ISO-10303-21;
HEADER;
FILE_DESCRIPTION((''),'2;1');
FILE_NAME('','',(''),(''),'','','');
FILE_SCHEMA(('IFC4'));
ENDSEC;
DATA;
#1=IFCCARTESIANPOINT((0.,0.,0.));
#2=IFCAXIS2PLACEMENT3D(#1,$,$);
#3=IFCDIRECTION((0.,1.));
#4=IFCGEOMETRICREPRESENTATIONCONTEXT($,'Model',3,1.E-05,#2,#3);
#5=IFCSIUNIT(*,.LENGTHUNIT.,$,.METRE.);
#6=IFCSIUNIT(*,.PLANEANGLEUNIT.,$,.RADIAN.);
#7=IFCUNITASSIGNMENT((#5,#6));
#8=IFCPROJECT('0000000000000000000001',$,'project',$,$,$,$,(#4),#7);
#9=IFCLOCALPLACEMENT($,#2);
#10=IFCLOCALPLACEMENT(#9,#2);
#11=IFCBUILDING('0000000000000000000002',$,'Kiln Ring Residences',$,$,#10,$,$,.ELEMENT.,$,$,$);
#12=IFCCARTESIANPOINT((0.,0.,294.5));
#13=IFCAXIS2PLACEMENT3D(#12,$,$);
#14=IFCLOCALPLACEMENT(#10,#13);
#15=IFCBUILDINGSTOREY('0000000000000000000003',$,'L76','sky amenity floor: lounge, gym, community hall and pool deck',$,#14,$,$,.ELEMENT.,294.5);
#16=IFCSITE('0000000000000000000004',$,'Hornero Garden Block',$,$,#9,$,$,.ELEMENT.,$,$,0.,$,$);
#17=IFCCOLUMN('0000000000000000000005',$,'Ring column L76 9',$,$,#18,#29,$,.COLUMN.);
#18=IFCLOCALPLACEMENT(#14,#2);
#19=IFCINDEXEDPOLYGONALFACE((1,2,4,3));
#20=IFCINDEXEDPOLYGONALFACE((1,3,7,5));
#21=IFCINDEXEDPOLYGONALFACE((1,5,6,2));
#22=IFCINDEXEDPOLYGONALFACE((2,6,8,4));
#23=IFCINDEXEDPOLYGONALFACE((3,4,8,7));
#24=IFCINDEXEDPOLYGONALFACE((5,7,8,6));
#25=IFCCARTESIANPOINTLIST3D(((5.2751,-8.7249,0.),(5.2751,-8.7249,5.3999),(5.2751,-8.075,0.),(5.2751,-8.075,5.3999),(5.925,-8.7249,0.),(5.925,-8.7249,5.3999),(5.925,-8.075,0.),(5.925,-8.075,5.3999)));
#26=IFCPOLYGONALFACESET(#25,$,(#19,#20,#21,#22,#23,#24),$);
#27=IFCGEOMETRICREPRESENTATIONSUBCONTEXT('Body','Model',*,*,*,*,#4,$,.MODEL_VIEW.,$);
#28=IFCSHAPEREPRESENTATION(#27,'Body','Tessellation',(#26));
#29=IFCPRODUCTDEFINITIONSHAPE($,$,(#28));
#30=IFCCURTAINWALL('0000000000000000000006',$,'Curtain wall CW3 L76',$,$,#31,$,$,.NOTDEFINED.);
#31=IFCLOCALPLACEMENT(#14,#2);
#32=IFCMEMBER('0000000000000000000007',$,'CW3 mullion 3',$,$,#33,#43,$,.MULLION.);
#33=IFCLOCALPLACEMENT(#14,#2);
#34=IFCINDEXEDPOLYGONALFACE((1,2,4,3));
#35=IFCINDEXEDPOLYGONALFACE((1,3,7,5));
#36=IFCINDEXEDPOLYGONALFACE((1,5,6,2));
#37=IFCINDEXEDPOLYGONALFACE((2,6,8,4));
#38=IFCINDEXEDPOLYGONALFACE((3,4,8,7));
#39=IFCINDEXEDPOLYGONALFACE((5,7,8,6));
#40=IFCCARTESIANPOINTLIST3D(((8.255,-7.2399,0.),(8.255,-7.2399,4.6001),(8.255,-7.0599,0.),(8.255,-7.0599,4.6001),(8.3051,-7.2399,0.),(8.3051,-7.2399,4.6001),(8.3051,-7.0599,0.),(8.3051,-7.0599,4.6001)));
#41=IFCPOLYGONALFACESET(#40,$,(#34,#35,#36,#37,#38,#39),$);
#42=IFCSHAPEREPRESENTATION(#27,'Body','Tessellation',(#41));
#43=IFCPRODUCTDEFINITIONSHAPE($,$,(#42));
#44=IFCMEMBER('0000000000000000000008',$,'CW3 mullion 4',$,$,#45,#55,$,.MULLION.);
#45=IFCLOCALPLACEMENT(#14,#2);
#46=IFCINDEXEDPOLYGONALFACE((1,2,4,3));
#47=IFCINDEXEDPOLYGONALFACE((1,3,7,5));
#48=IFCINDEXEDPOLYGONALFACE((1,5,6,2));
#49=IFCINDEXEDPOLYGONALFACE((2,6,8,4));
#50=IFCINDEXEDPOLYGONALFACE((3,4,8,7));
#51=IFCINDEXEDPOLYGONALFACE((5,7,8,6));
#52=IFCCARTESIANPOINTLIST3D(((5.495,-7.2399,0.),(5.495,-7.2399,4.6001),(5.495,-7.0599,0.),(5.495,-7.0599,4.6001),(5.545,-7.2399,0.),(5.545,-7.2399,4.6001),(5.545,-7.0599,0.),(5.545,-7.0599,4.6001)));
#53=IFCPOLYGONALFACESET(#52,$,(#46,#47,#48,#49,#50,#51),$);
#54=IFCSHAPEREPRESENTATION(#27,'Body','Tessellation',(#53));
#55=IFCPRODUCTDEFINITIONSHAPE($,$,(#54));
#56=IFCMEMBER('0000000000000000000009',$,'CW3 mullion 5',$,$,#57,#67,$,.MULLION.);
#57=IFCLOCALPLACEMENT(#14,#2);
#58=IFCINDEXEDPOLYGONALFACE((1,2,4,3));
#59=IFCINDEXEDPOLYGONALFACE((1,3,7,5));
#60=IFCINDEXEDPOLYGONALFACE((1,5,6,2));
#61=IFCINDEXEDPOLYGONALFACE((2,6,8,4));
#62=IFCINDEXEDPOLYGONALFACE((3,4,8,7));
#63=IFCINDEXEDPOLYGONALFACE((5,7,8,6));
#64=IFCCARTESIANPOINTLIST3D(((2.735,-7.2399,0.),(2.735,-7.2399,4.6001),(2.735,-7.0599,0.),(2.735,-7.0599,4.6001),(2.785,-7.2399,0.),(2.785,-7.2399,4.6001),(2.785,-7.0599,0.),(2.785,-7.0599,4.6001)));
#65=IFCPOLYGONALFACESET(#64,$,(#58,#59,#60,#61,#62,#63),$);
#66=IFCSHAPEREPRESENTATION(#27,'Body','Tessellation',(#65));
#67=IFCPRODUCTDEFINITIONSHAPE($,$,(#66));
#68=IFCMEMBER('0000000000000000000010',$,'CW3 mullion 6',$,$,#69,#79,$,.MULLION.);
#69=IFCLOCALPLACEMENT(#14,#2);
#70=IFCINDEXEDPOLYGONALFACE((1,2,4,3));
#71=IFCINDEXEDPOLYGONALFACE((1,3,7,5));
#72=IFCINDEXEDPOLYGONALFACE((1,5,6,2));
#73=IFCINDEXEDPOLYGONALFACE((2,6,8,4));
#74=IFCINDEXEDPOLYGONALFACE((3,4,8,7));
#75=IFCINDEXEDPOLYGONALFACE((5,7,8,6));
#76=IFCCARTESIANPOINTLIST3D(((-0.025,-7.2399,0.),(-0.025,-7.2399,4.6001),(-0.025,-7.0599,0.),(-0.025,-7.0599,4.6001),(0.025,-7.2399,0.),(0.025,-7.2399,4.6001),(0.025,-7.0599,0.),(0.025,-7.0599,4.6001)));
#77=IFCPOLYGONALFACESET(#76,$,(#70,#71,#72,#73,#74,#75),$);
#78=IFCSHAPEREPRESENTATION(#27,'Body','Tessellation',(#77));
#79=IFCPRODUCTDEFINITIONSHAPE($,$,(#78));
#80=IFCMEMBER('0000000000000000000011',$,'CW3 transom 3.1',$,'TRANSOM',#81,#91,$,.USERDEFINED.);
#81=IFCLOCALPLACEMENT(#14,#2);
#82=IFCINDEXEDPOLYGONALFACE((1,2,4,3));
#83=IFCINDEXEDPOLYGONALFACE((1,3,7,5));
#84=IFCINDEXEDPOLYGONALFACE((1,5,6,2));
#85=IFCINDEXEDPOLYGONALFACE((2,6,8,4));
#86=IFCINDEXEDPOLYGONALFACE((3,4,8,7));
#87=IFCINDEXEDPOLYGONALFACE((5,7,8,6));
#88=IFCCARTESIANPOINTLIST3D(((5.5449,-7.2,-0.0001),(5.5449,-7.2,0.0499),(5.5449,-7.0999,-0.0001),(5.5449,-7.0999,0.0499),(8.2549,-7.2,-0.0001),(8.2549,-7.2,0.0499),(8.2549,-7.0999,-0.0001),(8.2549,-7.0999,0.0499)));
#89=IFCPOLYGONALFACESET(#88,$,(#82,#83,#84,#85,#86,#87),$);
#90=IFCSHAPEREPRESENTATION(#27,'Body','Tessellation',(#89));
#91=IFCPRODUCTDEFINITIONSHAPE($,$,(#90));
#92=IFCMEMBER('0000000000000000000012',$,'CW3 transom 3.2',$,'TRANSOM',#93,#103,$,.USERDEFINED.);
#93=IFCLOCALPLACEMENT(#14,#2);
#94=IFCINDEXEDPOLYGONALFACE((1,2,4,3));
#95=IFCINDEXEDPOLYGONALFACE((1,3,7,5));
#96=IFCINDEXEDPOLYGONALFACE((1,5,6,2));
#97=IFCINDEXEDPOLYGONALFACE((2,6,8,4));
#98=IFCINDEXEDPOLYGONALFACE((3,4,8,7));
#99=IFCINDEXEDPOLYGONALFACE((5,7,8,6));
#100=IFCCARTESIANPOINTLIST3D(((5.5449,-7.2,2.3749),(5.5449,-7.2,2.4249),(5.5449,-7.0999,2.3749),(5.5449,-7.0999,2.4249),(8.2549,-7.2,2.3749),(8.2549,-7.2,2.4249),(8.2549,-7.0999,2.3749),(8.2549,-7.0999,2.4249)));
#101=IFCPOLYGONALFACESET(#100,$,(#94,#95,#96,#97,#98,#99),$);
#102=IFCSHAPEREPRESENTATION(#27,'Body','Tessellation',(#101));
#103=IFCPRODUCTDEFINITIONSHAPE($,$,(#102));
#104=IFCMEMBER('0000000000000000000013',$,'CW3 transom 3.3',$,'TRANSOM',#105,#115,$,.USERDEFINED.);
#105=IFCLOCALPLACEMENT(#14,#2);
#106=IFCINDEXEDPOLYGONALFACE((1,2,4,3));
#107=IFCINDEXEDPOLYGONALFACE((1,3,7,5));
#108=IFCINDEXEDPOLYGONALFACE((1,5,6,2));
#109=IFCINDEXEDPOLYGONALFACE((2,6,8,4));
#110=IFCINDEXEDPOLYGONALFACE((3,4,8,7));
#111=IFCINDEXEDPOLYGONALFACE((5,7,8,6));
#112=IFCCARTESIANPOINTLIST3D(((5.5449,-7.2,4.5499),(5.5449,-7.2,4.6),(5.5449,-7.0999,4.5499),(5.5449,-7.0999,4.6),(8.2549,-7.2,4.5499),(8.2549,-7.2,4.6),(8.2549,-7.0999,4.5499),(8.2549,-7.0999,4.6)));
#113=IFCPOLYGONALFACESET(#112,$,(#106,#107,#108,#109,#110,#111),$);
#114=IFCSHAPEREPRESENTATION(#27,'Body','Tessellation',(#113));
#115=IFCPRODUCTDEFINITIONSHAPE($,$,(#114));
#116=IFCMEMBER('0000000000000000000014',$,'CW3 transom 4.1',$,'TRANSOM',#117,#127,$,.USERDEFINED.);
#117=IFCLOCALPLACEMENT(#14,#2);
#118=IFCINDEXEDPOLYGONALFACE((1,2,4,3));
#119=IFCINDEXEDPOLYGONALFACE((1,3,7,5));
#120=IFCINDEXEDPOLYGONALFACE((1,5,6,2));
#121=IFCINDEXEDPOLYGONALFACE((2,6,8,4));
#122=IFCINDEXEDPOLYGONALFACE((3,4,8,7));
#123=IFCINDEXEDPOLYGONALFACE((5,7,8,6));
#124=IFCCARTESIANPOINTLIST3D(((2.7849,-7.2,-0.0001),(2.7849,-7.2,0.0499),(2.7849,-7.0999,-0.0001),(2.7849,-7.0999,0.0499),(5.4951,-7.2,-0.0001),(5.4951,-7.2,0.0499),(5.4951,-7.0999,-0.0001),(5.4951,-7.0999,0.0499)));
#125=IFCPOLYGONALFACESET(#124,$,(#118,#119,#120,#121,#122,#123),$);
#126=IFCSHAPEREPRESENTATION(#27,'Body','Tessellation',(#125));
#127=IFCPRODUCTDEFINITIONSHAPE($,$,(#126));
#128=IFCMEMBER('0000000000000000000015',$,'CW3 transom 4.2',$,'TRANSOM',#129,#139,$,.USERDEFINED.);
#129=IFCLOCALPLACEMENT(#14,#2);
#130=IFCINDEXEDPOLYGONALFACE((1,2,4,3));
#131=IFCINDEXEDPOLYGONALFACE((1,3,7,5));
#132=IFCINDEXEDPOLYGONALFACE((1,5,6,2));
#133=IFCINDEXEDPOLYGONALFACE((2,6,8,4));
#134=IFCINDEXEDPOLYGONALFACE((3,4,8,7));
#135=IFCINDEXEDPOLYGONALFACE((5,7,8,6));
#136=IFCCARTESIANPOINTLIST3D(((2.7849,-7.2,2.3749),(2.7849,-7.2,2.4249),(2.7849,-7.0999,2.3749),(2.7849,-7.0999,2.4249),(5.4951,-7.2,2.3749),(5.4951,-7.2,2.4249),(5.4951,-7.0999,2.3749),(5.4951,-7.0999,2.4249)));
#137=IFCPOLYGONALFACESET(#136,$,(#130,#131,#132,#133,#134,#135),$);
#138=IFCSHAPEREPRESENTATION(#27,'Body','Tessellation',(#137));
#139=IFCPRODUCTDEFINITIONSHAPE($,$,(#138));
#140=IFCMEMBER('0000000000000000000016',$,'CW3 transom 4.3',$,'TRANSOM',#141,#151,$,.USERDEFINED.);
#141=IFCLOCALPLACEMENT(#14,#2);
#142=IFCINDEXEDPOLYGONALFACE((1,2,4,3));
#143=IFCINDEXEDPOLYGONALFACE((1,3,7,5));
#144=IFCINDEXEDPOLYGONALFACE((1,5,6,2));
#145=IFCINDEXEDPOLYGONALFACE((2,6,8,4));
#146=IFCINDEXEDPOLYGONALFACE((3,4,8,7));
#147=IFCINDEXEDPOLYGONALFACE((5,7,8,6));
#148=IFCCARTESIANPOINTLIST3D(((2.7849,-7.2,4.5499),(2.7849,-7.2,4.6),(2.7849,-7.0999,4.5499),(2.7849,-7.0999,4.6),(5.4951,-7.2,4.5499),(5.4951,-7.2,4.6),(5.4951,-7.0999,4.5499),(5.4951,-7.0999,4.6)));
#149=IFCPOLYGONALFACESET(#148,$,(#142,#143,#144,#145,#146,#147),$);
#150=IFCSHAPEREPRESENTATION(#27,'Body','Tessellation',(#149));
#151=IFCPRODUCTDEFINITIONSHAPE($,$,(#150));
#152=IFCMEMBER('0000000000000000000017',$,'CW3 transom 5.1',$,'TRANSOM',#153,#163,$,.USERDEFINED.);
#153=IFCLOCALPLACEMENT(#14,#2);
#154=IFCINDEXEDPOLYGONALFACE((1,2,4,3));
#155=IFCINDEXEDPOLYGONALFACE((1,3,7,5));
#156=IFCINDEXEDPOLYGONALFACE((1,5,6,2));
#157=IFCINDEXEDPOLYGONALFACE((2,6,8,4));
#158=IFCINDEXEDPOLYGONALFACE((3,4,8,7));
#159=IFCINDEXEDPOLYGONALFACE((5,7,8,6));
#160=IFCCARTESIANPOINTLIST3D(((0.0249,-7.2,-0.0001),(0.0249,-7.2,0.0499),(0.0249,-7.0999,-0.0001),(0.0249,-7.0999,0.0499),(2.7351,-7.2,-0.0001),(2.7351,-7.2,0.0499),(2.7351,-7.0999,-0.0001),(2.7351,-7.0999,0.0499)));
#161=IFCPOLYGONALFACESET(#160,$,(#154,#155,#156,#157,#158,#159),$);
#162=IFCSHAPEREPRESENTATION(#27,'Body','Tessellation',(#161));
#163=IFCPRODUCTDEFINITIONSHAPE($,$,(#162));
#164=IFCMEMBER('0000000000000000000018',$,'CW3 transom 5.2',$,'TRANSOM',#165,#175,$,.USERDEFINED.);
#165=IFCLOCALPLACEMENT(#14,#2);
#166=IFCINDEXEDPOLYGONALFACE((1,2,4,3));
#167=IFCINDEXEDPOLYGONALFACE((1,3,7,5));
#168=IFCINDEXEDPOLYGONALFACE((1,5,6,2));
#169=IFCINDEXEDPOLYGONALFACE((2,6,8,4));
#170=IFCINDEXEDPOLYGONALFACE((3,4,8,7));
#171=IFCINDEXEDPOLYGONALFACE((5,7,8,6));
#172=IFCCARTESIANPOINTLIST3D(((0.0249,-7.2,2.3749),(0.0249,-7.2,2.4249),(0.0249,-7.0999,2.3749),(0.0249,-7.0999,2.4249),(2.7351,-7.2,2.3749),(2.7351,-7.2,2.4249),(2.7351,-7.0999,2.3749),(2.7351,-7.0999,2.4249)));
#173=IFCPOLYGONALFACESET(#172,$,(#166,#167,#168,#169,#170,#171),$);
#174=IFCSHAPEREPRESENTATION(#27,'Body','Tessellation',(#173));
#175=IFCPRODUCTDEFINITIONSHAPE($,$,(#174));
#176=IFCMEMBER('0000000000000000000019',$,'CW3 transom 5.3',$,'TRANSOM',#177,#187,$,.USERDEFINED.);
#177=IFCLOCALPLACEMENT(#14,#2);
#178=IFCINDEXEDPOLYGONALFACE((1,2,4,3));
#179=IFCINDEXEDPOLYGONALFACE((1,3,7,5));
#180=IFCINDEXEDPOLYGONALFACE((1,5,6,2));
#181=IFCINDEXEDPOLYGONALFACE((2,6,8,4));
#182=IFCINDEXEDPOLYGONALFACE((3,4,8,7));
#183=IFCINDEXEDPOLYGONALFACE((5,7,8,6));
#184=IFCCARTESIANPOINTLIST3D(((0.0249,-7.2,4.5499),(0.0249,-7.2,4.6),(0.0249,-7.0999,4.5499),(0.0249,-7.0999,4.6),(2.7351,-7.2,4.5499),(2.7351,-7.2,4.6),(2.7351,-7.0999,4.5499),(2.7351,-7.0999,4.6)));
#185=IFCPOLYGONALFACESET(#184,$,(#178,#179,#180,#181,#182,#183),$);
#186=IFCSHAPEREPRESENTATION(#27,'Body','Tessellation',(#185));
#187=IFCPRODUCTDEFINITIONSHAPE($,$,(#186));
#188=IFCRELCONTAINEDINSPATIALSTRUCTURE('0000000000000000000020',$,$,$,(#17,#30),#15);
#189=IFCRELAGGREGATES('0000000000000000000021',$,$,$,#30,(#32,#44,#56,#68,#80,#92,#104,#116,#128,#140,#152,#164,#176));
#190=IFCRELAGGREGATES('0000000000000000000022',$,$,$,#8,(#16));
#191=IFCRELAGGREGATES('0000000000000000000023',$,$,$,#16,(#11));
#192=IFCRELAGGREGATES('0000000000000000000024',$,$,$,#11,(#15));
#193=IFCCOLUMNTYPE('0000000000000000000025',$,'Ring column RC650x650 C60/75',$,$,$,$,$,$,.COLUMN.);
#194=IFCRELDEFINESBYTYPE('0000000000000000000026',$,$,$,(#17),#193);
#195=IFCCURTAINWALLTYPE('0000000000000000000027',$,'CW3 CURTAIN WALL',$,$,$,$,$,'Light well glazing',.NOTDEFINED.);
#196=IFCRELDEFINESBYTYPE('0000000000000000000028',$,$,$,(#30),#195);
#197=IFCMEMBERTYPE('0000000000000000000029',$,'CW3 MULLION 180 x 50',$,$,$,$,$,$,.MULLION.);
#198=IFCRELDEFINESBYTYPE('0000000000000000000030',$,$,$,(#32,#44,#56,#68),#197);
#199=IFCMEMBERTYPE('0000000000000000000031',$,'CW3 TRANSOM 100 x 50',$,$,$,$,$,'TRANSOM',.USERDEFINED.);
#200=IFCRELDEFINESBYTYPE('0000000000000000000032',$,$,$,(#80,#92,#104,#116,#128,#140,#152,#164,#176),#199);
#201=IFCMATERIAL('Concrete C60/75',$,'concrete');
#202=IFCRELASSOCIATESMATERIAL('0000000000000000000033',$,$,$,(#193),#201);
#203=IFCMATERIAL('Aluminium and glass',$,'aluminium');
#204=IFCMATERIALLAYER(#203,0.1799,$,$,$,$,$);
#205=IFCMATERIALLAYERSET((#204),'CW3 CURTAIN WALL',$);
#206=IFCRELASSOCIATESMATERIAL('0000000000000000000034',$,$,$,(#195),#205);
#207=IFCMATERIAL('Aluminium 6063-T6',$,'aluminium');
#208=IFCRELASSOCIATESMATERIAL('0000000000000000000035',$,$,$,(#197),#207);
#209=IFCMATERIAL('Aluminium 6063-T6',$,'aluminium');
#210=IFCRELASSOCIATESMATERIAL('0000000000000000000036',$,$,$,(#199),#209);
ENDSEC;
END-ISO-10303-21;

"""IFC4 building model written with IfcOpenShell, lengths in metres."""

from ifc_helpers import new_model, si_unit, direction, frame, origin, origin_2d, place, context, subcontext, project, spatial, rectangle, extrude, material, layer, layer_set, material_profile, profile_set, type_object, element, aggregate, save


model = new_model("IFC4")

# Units and contexts
model_context = context("Model", 3, precision=1e-05, world=origin(), true_north=direction((0.0, 1.0)))
body_context = subcontext(model_context, "Body", "Model", "MODEL_VIEW")
ifc_project = project(units=[si_unit("LENGTHUNIT", "METRE"), si_unit("PLANEANGLEUNIT", "RADIAN")], contexts=[model_context])

# Site, building, storey
site_placement = place(None, origin())
site = spatial("IfcSite", under=ifc_project, at=site_placement, Name="Hornero Garden Block", CompositionType="ELEMENT", RefElevation=0.0)
building_placement = place(site_placement, origin())
building = spatial("IfcBuilding", under=site, at=building_placement, Name="Kiln Ring Residences", CompositionType="ELEMENT")
storey_placement = place(building_placement, frame((0.0, 0.0, 294.5)))
storey = spatial("IfcBuildingStorey", under=building, at=storey_placement, Name="L76", Description="sky amenity floor: lounge, gym, community hall and pool deck", CompositionType="ELEMENT", Elevation=294.5)

# Column
ifc_material_1 = material(Name="Concrete C60/75", Category="concrete")
ifc_material_profile_1 = material_profile(ifc_material_1, rectangle(XDim=0.6499, YDim=0.6499, at=origin_2d()), Name="RC650x650")
ifc_profile_set_1 = profile_set([ifc_material_profile_1], Name="Concrete C60/75")
column_type = type_object("IfcColumnType", Name="Ring column RC650x650 C60/75", PredefinedType="COLUMN", material=ifc_profile_set_1)
column_placement = place(storey_placement, frame((5.6001, -8.3999, 0.0), z_axis=(0.0, 0.0, 1.0), x_axis=(1.0, 0.0, 0.0)))
element("IfcColumn", 1, at=column_placement, inside=storey, type_object=column_type, Name="Ring column L76 9", PredefinedType="COLUMN", context=body_context, shape_type="SweptSolid", body=[
    extrude(rectangle(XDim=0.6499, YDim=0.6499, at=origin_2d()), origin(), (0.0, 0.0, 1.0), 5.3999),
])

# Curtain wall, members
ifc_material_2 = material(Name="Aluminium and glass", Category="aluminium")
ifc_layer_1 = layer(ifc_material_2, 0.1799)
ifc_layer_set_1 = layer_set([ifc_layer_1], Name="CW3 CURTAIN WALL")
curtain_wall_type = type_object("IfcCurtainWallType", Name="CW3 CURTAIN WALL", ElementType="Light well glazing", PredefinedType="NOTDEFINED", material=ifc_layer_set_1)
placement_1 = place(storey_placement, origin())
curtain_wall = element("IfcCurtainWall", 2, at=placement_1, inside=storey, type_object=curtain_wall_type, Name="Curtain wall CW3 L76", PredefinedType="NOTDEFINED")
ifc_material_3 = material(Name="Aluminium 6063-T6", Category="aluminium")
ifc_material_profile_2 = material_profile(ifc_material_3, rectangle(XDim=0.1799, YDim=0.05, at=origin_2d()), Name="AL 180x50")
ifc_profile_set_2 = profile_set([ifc_material_profile_2], Name="Aluminium 6063-T6")
member_type_1 = type_object("IfcMemberType", Name="CW3 MULLION 180 x 50", PredefinedType="MULLION", material=ifc_profile_set_2)
member_1_placement = place(storey_placement, frame((8.28, -7.1499, 0.0), z_axis=(0.0, 0.0, 1.0), x_axis=(0.0, -1.0, 0.0)))
member_1 = element("IfcMember", 3, at=member_1_placement, type_object=member_type_1, Name="CW3 mullion 3", PredefinedType="MULLION", context=body_context, shape_type="SweptSolid", body=[
    extrude(rectangle(XDim=0.1799, YDim=0.05, at=origin_2d()), origin(), (0.0, 0.0, 1.0), 4.6001),
])
member_2_placement = place(storey_placement, frame((5.52, -7.1499, 0.0), z_axis=(0.0, 0.0, 1.0), x_axis=(0.0, -1.0, 0.0)))
member_2 = element("IfcMember", 4, at=member_2_placement, type_object=member_type_1, Name="CW3 mullion 4", PredefinedType="MULLION", context=body_context, shape_type="SweptSolid", body=[
    extrude(rectangle(XDim=0.1799, YDim=0.05, at=origin_2d()), origin(), (0.0, 0.0, 1.0), 4.6001),
])
member_3_placement = place(storey_placement, frame((2.76, -7.1499, 0.0), z_axis=(0.0, 0.0, 1.0), x_axis=(0.0, -1.0, 0.0)))
member_3 = element("IfcMember", 5, at=member_3_placement, type_object=member_type_1, Name="CW3 mullion 5", PredefinedType="MULLION", context=body_context, shape_type="SweptSolid", body=[
    extrude(rectangle(XDim=0.1799, YDim=0.05, at=origin_2d()), origin(), (0.0, 0.0, 1.0), 4.6001),
])
member_4_placement = place(storey_placement, frame((0.0, -7.1499, 0.0), z_axis=(0.0, 0.0, 1.0), x_axis=(0.0, -1.0, 0.0)))
member_4 = element("IfcMember", 6, at=member_4_placement, type_object=member_type_1, Name="CW3 mullion 6", PredefinedType="MULLION", context=body_context, shape_type="SweptSolid", body=[
    extrude(rectangle(XDim=0.1799, YDim=0.05, at=origin_2d()), origin(), (0.0, 0.0, 1.0), 4.6001),
])
ifc_material_4 = material(Name="Aluminium 6063-T6", Category="aluminium")
ifc_material_profile_3 = material_profile(ifc_material_4, rectangle(XDim=0.1001, YDim=0.05, at=origin_2d()), Name="AL 100x50")
ifc_profile_set_3 = profile_set([ifc_material_profile_3], Name="Aluminium 6063-T6")
member_type_2 = type_object("IfcMemberType", Name="CW3 TRANSOM 100 x 50", ElementType="TRANSOM", PredefinedType="USERDEFINED", material=ifc_profile_set_3)
member_5_placement = place(storey_placement, frame((8.2549, -7.1499, 0.0249), z_axis=(-1.0, 0.0, 0.0), x_axis=(0.0, -1.0, 0.0)))
member_5 = element("IfcMember", 7, at=member_5_placement, type_object=member_type_2, Name="CW3 transom 3.1", ObjectType="TRANSOM", PredefinedType="USERDEFINED", context=body_context, shape_type="SweptSolid", body=[
    extrude(rectangle(XDim=0.1001, YDim=0.05, at=origin_2d()), origin(), (0.0, 0.0, 1.0), 2.71),
])
member_6_placement = place(storey_placement, frame((8.2549, -7.1499, 2.3999), z_axis=(-1.0, 0.0, 0.0), x_axis=(0.0, -1.0, 0.0)))
member_6 = element("IfcMember", 8, at=member_6_placement, type_object=member_type_2, Name="CW3 transom 3.2", ObjectType="TRANSOM", PredefinedType="USERDEFINED", context=body_context, shape_type="SweptSolid", body=[
    extrude(rectangle(XDim=0.1001, YDim=0.05, at=origin_2d()), origin(), (0.0, 0.0, 1.0), 2.71),
])
member_7_placement = place(storey_placement, frame((8.2549, -7.1499, 4.575), z_axis=(-1.0, 0.0, 0.0), x_axis=(0.0, -1.0, 0.0)))
member_7 = element("IfcMember", 9, at=member_7_placement, type_object=member_type_2, Name="CW3 transom 3.3", ObjectType="TRANSOM", PredefinedType="USERDEFINED", context=body_context, shape_type="SweptSolid", body=[
    extrude(rectangle(XDim=0.1001, YDim=0.05, at=origin_2d()), origin(), (0.0, 0.0, 1.0), 2.71),
])
member_8_placement = place(storey_placement, frame((5.4951, -7.1499, 0.0249), z_axis=(-1.0, 0.0, 0.0), x_axis=(0.0, -1.0, 0.0)))
member_8 = element("IfcMember", 10, at=member_8_placement, type_object=member_type_2, Name="CW3 transom 4.1", ObjectType="TRANSOM", PredefinedType="USERDEFINED", context=body_context, shape_type="SweptSolid", body=[
    extrude(rectangle(XDim=0.1001, YDim=0.05, at=origin_2d()), origin(), (0.0, 0.0, 1.0), 2.7102),
])
member_9_placement = place(storey_placement, frame((5.4951, -7.1499, 2.3999), z_axis=(-1.0, 0.0, 0.0), x_axis=(0.0, -1.0, 0.0)))
member_9 = element("IfcMember", 11, at=member_9_placement, type_object=member_type_2, Name="CW3 transom 4.2", ObjectType="TRANSOM", PredefinedType="USERDEFINED", context=body_context, shape_type="SweptSolid", body=[
    extrude(rectangle(XDim=0.1001, YDim=0.05, at=origin_2d()), origin(), (0.0, 0.0, 1.0), 2.7102),
])
member_10_placement = place(storey_placement, frame((5.4951, -7.1499, 4.575), z_axis=(-1.0, 0.0, 0.0), x_axis=(0.0, -1.0, 0.0)))
member_10 = element("IfcMember", 12, at=member_10_placement, type_object=member_type_2, Name="CW3 transom 4.3", ObjectType="TRANSOM", PredefinedType="USERDEFINED", context=body_context, shape_type="SweptSolid", body=[
    extrude(rectangle(XDim=0.1001, YDim=0.05, at=origin_2d()), origin(), (0.0, 0.0, 1.0), 2.7102),
])
member_11_placement = place(storey_placement, frame((2.7351, -7.1499, 0.0249), z_axis=(-1.0, 0.0, 0.0), x_axis=(0.0, -1.0, 0.0)))
member_11 = element("IfcMember", 13, at=member_11_placement, type_object=member_type_2, Name="CW3 transom 5.1", ObjectType="TRANSOM", PredefinedType="USERDEFINED", context=body_context, shape_type="SweptSolid", body=[
    extrude(rectangle(XDim=0.1001, YDim=0.05, at=origin_2d()), origin(), (0.0, 0.0, 1.0), 2.7102),
])
member_12_placement = place(storey_placement, frame((2.7351, -7.1499, 2.3999), z_axis=(-1.0, 0.0, 0.0), x_axis=(0.0, -1.0, 0.0)))
member_12 = element("IfcMember", 14, at=member_12_placement, type_object=member_type_2, Name="CW3 transom 5.2", ObjectType="TRANSOM", PredefinedType="USERDEFINED", context=body_context, shape_type="SweptSolid", body=[
    extrude(rectangle(XDim=0.1001, YDim=0.05, at=origin_2d()), origin(), (0.0, 0.0, 1.0), 2.7102),
])
member_13_placement = place(storey_placement, frame((2.7351, -7.1499, 4.575), z_axis=(-1.0, 0.0, 0.0), x_axis=(0.0, -1.0, 0.0)))
member_13 = element("IfcMember", 15, at=member_13_placement, type_object=member_type_2, Name="CW3 transom 5.3", ObjectType="TRANSOM", PredefinedType="USERDEFINED", context=body_context, shape_type="SweptSolid", body=[
    extrude(rectangle(XDim=0.1001, YDim=0.05, at=origin_2d()), origin(), (0.0, 0.0, 1.0), 2.7102),
])

aggregate(curtain_wall, [member_1, member_2, member_3, member_4, member_5, member_6, member_7, member_8, member_9, member_10, member_11, member_12, member_13])

save(model, "model.ifc")
